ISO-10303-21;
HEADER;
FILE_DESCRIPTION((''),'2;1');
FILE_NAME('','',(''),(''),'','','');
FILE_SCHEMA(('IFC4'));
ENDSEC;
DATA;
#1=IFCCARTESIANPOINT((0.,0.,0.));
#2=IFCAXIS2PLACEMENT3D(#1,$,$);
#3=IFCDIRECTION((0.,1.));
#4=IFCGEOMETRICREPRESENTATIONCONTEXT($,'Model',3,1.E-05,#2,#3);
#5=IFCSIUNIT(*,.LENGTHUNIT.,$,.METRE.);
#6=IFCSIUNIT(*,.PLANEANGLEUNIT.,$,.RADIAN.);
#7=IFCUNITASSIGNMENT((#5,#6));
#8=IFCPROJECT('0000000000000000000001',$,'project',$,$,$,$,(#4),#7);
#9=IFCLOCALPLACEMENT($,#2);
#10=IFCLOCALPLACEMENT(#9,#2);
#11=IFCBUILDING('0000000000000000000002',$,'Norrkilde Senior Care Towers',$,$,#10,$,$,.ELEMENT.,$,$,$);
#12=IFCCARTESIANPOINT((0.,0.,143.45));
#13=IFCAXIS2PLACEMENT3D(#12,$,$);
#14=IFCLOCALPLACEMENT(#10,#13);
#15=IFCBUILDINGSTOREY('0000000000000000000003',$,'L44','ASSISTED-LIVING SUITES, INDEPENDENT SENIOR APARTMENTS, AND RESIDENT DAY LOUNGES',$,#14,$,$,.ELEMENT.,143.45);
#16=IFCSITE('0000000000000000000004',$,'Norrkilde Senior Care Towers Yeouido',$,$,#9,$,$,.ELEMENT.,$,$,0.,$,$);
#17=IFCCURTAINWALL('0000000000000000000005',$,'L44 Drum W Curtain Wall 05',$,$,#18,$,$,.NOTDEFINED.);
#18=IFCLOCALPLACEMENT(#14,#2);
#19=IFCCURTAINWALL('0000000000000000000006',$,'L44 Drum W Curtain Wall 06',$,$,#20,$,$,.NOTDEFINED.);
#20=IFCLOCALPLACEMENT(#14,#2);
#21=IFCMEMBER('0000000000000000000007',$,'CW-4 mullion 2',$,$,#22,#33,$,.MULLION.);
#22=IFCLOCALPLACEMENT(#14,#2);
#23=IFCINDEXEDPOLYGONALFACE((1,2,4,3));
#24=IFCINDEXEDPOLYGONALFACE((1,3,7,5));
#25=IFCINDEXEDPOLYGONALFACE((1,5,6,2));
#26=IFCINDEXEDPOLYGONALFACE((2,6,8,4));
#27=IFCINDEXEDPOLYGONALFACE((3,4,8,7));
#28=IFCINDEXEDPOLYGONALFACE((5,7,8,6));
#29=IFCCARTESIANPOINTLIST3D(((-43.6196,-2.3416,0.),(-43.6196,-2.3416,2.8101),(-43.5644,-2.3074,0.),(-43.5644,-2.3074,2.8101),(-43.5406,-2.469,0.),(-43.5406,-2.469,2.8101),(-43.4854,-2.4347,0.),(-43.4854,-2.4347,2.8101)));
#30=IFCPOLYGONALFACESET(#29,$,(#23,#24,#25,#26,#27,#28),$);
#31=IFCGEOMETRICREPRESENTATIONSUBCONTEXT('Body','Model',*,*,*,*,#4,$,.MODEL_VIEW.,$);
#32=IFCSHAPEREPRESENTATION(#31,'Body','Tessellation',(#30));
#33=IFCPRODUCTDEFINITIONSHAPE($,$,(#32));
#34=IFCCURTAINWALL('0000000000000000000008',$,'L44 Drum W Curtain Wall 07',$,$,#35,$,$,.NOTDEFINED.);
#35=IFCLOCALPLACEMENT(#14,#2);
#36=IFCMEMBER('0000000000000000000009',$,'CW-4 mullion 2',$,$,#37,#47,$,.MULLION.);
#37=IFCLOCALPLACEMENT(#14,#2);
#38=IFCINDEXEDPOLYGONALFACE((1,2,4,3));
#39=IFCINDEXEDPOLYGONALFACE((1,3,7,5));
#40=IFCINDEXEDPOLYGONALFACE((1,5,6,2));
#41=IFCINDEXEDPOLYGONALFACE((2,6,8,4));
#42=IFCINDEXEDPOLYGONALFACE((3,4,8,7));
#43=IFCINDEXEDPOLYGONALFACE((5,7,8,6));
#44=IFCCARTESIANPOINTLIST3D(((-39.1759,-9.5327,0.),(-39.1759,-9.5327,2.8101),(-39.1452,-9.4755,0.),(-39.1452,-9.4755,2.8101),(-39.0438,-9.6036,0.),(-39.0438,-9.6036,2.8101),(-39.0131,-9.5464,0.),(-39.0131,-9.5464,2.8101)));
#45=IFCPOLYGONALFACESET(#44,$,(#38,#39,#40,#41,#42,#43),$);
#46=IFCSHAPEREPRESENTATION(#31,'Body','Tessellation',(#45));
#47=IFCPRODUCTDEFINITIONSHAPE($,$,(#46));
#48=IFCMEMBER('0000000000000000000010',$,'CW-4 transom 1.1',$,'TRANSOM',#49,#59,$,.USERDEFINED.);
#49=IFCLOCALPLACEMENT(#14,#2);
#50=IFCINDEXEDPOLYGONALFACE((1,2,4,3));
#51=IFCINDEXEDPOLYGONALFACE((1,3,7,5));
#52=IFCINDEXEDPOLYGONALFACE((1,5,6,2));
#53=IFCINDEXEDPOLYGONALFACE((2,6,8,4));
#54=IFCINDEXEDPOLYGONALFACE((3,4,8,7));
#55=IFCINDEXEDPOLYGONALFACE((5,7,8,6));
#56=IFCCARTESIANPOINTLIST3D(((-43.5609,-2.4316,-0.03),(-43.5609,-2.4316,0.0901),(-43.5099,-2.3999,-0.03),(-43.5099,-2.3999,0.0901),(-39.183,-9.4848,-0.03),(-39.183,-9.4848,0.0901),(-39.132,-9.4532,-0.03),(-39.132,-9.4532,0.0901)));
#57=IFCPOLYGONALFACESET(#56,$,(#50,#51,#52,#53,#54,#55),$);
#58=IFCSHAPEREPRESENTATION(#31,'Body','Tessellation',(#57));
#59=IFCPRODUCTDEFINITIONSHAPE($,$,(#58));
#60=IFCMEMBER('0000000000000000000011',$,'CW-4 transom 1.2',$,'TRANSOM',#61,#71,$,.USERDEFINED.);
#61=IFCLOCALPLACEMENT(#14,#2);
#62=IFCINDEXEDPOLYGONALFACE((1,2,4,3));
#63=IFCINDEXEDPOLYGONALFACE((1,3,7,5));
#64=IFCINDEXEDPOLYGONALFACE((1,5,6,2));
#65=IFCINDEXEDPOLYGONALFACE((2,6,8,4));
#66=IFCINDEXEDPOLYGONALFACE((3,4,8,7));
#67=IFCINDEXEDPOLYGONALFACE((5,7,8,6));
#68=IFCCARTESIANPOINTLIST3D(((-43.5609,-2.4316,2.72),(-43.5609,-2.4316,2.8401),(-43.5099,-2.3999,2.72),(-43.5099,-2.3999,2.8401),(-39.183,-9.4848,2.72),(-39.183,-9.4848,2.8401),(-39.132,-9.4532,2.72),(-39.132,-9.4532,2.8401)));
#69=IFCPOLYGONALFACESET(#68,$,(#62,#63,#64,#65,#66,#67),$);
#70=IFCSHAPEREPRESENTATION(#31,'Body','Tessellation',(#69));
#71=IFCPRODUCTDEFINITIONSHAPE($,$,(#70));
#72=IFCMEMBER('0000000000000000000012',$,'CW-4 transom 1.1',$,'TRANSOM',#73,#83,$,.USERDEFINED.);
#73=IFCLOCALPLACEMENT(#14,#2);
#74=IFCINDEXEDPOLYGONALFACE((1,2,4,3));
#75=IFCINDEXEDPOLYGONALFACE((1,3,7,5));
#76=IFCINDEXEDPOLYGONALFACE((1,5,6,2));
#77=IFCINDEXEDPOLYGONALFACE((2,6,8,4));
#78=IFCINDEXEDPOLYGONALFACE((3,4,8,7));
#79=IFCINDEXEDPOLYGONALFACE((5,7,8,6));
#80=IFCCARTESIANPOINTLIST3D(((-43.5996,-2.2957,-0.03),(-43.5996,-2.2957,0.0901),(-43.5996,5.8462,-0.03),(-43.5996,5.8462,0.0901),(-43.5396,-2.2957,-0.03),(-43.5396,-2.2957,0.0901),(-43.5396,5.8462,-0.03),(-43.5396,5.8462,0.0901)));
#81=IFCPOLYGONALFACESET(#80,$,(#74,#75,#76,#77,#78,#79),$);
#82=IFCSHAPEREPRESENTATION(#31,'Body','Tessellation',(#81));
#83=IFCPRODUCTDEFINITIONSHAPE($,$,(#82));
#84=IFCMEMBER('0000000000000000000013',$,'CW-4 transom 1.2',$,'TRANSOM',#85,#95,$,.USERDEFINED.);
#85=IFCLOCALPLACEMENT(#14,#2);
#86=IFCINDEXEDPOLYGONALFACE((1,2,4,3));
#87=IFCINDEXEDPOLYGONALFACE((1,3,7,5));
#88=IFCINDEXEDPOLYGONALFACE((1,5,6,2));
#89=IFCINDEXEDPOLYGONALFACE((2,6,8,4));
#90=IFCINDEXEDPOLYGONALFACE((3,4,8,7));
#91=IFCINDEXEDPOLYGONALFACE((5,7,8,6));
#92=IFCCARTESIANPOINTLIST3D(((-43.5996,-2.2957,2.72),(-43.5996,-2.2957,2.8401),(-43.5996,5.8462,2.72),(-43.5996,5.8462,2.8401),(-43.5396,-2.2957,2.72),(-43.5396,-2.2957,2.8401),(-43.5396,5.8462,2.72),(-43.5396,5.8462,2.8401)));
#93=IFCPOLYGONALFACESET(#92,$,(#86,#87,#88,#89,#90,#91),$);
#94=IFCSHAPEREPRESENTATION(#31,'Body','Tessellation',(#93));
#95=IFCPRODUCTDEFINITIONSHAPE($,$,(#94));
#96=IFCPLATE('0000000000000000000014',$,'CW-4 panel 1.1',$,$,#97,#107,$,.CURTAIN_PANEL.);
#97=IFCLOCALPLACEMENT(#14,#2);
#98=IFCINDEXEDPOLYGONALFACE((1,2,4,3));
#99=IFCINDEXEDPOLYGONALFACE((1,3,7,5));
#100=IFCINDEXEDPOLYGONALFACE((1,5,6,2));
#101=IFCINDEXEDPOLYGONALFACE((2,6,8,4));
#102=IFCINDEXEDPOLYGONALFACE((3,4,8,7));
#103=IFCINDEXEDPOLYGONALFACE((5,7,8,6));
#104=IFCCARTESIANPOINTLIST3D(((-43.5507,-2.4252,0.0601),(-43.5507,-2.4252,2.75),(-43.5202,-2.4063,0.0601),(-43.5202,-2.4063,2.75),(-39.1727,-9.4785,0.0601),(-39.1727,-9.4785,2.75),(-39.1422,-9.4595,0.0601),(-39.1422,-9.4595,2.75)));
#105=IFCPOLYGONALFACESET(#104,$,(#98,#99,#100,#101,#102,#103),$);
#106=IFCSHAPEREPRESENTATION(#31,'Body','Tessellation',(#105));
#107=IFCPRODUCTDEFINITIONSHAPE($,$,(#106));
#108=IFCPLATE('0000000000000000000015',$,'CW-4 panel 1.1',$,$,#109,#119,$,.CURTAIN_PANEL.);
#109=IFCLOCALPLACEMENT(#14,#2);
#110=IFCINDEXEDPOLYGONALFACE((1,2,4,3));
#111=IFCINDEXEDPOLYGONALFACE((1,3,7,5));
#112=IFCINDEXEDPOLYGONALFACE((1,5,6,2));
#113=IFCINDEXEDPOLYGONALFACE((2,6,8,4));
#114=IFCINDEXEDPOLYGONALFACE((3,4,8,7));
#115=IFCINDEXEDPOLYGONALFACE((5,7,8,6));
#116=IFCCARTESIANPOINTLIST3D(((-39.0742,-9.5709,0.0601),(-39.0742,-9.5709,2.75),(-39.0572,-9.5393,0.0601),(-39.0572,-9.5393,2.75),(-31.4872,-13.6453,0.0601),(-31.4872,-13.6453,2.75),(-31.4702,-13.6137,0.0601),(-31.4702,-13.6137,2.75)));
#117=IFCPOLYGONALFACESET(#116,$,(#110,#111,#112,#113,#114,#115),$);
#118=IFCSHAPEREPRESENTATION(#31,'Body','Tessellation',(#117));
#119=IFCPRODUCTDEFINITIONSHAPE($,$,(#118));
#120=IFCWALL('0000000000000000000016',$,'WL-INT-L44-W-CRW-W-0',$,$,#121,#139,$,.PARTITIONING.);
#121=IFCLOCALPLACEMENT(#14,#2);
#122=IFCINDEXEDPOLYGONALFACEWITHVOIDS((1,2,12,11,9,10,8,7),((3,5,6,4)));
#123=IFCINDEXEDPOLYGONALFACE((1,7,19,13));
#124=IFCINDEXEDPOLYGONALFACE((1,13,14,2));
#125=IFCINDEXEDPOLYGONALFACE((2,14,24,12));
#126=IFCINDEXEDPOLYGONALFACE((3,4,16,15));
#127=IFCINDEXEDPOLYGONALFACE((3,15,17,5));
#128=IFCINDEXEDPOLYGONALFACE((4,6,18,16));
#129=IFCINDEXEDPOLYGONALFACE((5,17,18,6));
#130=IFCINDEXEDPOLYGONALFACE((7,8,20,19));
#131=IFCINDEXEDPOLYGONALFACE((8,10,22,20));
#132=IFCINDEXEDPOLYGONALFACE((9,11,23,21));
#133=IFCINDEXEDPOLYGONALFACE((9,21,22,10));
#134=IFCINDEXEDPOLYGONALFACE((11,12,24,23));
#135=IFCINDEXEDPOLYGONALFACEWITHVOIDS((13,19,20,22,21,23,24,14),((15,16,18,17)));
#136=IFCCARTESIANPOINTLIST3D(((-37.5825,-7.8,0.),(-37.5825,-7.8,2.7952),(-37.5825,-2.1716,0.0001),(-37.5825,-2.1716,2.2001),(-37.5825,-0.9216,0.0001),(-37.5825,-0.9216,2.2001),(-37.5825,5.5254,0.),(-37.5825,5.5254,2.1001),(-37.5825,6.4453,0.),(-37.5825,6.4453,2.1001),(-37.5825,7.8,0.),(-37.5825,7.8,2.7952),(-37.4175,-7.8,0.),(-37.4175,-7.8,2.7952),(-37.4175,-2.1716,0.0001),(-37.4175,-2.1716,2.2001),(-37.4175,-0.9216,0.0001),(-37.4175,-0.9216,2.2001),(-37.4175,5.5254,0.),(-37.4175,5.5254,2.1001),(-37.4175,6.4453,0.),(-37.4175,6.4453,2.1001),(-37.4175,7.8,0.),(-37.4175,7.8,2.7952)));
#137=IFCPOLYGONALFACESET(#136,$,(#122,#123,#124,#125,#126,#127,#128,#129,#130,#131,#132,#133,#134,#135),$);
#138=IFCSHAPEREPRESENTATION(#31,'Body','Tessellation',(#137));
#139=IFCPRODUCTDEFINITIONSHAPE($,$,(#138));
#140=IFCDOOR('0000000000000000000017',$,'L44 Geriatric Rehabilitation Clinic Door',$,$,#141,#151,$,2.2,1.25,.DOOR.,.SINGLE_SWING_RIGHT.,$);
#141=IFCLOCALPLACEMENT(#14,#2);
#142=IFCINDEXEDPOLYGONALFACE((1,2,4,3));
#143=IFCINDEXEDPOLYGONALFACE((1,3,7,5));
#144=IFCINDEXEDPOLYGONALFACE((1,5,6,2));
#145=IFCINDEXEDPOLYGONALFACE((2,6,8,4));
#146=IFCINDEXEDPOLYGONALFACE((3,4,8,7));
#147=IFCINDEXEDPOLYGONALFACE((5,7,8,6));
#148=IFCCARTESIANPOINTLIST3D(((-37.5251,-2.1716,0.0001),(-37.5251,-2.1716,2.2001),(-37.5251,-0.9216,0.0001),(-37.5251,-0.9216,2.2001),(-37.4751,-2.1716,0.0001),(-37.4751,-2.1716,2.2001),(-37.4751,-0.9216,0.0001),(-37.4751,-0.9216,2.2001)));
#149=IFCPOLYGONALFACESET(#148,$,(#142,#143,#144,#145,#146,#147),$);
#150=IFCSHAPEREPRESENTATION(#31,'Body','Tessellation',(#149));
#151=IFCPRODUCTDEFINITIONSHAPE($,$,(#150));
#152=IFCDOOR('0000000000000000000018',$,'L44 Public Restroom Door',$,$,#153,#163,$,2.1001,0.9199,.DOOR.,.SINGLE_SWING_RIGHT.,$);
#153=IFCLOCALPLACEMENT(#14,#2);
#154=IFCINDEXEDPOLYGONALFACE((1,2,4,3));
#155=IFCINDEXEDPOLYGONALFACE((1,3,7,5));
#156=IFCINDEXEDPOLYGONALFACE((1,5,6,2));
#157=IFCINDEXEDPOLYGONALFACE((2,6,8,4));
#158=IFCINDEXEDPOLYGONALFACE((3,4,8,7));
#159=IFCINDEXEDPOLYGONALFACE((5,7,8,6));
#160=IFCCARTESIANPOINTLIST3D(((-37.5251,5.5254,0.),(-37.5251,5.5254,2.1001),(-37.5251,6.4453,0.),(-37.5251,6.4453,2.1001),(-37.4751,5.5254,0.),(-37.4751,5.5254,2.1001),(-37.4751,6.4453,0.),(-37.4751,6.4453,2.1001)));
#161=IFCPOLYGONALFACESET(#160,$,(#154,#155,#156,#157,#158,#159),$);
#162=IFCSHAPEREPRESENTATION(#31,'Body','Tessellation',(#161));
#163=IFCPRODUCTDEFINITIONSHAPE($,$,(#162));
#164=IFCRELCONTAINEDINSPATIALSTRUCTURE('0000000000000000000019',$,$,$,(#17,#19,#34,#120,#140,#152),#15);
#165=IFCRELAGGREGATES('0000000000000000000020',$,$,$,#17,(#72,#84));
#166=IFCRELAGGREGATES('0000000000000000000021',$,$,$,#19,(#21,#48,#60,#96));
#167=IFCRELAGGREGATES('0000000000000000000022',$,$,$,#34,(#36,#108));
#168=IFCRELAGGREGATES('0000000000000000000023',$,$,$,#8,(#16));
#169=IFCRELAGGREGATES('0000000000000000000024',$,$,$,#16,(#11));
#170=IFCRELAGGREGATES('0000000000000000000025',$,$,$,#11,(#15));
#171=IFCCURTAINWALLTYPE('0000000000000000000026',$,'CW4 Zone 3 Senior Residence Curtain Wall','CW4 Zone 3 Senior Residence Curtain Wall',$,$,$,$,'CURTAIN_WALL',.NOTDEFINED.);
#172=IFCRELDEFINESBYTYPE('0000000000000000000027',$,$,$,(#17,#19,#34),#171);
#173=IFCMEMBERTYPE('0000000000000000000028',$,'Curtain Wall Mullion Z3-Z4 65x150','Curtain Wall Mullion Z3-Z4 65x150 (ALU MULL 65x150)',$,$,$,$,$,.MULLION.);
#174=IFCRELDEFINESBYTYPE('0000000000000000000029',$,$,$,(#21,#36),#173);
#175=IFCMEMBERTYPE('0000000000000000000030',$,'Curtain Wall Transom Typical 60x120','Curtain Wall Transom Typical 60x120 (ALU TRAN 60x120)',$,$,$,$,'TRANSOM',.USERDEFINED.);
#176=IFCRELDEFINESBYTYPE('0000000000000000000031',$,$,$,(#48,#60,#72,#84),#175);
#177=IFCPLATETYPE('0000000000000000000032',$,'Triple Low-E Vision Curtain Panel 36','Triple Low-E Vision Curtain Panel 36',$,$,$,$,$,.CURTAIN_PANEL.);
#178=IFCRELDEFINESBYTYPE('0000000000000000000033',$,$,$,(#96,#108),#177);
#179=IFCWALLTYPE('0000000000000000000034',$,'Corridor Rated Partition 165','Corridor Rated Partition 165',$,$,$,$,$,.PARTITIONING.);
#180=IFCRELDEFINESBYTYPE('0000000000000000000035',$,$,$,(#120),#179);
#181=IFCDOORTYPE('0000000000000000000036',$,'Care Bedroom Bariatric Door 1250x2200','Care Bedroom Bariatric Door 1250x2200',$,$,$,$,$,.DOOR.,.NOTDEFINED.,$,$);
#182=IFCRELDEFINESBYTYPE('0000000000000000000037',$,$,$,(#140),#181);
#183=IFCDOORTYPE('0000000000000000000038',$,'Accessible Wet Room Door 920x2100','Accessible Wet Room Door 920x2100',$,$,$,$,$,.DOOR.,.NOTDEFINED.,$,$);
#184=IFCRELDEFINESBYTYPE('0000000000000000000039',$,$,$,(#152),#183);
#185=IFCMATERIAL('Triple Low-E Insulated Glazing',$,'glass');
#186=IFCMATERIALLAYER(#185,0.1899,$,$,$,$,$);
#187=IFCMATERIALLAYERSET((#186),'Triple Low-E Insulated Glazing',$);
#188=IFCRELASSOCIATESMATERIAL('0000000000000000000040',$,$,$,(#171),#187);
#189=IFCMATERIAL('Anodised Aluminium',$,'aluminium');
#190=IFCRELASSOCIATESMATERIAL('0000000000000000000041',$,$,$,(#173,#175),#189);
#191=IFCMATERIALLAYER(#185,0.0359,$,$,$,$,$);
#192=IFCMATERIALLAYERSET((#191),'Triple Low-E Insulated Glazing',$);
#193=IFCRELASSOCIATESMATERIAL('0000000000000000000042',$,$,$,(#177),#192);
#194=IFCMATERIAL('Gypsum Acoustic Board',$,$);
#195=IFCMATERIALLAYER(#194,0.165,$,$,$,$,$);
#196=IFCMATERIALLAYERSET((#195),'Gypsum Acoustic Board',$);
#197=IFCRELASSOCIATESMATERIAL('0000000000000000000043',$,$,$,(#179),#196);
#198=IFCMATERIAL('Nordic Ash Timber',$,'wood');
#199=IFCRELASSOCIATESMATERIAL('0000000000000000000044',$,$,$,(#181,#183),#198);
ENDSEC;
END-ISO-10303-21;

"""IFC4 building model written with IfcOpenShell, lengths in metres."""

from ifc_helpers import new_model, si_unit, direction, frame, frame_2d, origin, origin_2d, place, context, subcontext, project, spatial, rectangle, extrude, source, transform, mapped, material, layer, layer_set, material_profile, profile_set, type_object, type_shapes, element, fill, aggregate, save


model = new_model("IFC4")

# Units and contexts
model_context = context("Model", 3, precision=1e-05, world=origin(), true_north=direction((0.0, 1.0)))
body_context = subcontext(model_context, "Body", "Model", "MODEL_VIEW")
ifc_project = project(units=[si_unit("LENGTHUNIT", "METRE"), si_unit("PLANEANGLEUNIT", "RADIAN")], contexts=[model_context])

# Site, building, storey
site_placement = place(None, origin())
site = spatial("IfcSite", under=ifc_project, at=site_placement, Name="Norrkilde Senior Care Towers Yeouido", CompositionType="ELEMENT", RefElevation=0.0)
building_placement = place(site_placement, origin())
building = spatial("IfcBuilding", under=site, at=building_placement, Name="Norrkilde Senior Care Towers", CompositionType="ELEMENT")
storey_placement = place(building_placement, frame((0.0, 0.0, 143.45)))
storey = spatial("IfcBuildingStorey", under=building, at=storey_placement, Name="L44", Description="ASSISTED-LIVING SUITES, INDEPENDENT SENIOR APARTMENTS, AND RESIDENT DAY LOUNGES", CompositionType="ELEMENT", Elevation=143.45)

# Curtain wall
ifc_material_1 = material(Name="Triple Low-E Insulated Glazing", Category="glass")
ifc_layer_1 = layer(ifc_material_1, 0.1899)
ifc_layer_set_1 = layer_set([ifc_layer_1], Name="Triple Low-E Insulated Glazing")
curtain_wall_type = type_object("IfcCurtainWallType", Name="CW4 Zone 3 Senior Residence Curtain Wall", Description="CW4 Zone 3 Senior Residence Curtain Wall", ElementType="CURTAIN_WALL", PredefinedType="NOTDEFINED", material=ifc_layer_set_1)
curtain_wall_1_placement = place(storey_placement, origin())
curtain_wall_1 = element("IfcCurtainWall", 1, at=curtain_wall_1_placement, inside=storey, type_object=curtain_wall_type, Name="L44 Drum W Curtain Wall 05", PredefinedType="NOTDEFINED")
ifc_material_2 = material(Name="Anodised Aluminium", Category="aluminium")
ifc_material_profile_1 = material_profile(ifc_material_2, rectangle(XDim=0.0649, YDim=0.1499, at=origin_2d()), Name="ALU MULL 65x150")
ifc_profile_set_1 = profile_set([ifc_material_profile_1], Name="Anodised Aluminium")
member_type_1 = type_object("IfcMemberType", Name="Curtain Wall Mullion Z3-Z4 65x150", Description="Curtain Wall Mullion Z3-Z4 65x150 (ALU MULL 65x150)", PredefinedType="MULLION", material=ifc_profile_set_1)
shared_shape_1 = source(origin(), body_context, "Body", "SweptSolid", [
    extrude(rectangle(XDim=0.0649, YDim=0.1499, at=origin_2d()), origin(), (0.0, 0.0, 1.0), 2.8101),
])
type_shapes(member_type_1, [shared_shape_1])

# Curtain wall, member
curtain_wall_2_placement = place(storey_placement, origin())
curtain_wall_2 = element("IfcCurtainWall", 2, at=curtain_wall_2_placement, inside=storey, type_object=curtain_wall_type, Name="L44 Drum W Curtain Wall 06", PredefinedType="NOTDEFINED")
member_1_placement = place(storey_placement, frame((-43.5525, -2.3882, 0.0), z_axis=(0.0, 0.0, 1.0), x_axis=(-0.849634, -0.527373, 0.0)))
member_1 = element("IfcMember", 3, at=member_1_placement, type_object=member_type_1, Name="CW-4 mullion 2", PredefinedType="MULLION", context=body_context, shape_type="MappedRepresentation", body=[
    mapped(shared_shape_1, transform((0.0, 0.0, 0.0), x_axis=(1.0, 0.0, 0.0), y_axis=(0.0, 1.0, 0.0), z_axis=(0.0, 0.0, 1.0), scale=1.0)),
])

# Curtain wall, member
curtain_wall_3_placement = place(storey_placement, origin())
curtain_wall_3 = element("IfcCurtainWall", 4, at=curtain_wall_3_placement, inside=storey, type_object=curtain_wall_type, Name="L44 Drum W Curtain Wall 07", PredefinedType="NOTDEFINED")
member_2_placement = place(storey_placement, frame((-39.0945, -9.5396, 0.0), z_axis=(0.0, 0.0, 1.0), x_axis=(-0.473117, -0.881, 0.0)))
member_2 = element("IfcMember", 5, at=member_2_placement, type_object=member_type_1, Name="CW-4 mullion 2", PredefinedType="MULLION", context=body_context, shape_type="MappedRepresentation", body=[
    mapped(shared_shape_1, transform((0.0, 0.0, 0.0), x_axis=(1.0, 0.0, 0.0), y_axis=(0.0, 1.0, 0.0), z_axis=(0.0, 0.0, 1.0), scale=1.0)),
])

# Members
ifc_material_profile_2 = material_profile(ifc_material_2, rectangle(XDim=0.0601, YDim=0.1201, at=origin_2d()), Name="ALU TRAN 60x120")
ifc_profile_set_2 = profile_set([ifc_material_profile_2], Name="Anodised Aluminium")
member_type_2 = type_object("IfcMemberType", Name="Curtain Wall Transom Typical 60x120", Description="Curtain Wall Transom Typical 60x120 (ALU TRAN 60x120)", ElementType="TRANSOM", PredefinedType="USERDEFINED", material=ifc_profile_set_2)
shared_shape_2 = source(origin(), body_context, "Body", "SweptSolid", [
    extrude(rectangle(XDim=0.0601, YDim=0.1201, at=origin_2d()), origin(), (0.0, 0.0, 1.0), 8.3015),
])
member_3_placement = place(storey_placement, frame((-39.1575, -9.469, 0.03), z_axis=(-0.527369, 0.849637, 0.0), x_axis=(-0.849637, -0.527369, 0.0)))
member_3 = element("IfcMember", 6, at=member_3_placement, type_object=member_type_2, Name="CW-4 transom 1.1", ObjectType="TRANSOM", PredefinedType="USERDEFINED", context=body_context, shape_type="MappedRepresentation", body=[
    mapped(shared_shape_2, transform((0.0, 0.0, 0.0), x_axis=(1.0, 0.0, 0.0), y_axis=(0.0, 1.0, 0.0), z_axis=(0.0, 0.0, 1.0), scale=1.0)),
])
member_4_placement = place(storey_placement, frame((-39.1575, -9.469, 2.78), z_axis=(-0.527369, 0.849637, 0.0), x_axis=(-0.849637, -0.527369, 0.0)))
member_4 = element("IfcMember", 7, at=member_4_placement, type_object=member_type_2, Name="CW-4 transom 1.2", ObjectType="TRANSOM", PredefinedType="USERDEFINED", context=body_context, shape_type="MappedRepresentation", body=[
    mapped(shared_shape_2, transform((0.0, 0.0, 0.0), x_axis=(1.0, 0.0, 0.0), y_axis=(0.0, 1.0, 0.0), z_axis=(0.0, 0.0, 1.0), scale=1.0)),
])
shared_shape_3 = source(origin(), body_context, "Body", "SweptSolid", [
    extrude(rectangle(XDim=0.0601, YDim=0.1201, at=origin_2d()), origin(), (0.0, 0.0, 1.0), 8.1418),
])
type_shapes(member_type_2, [shared_shape_2, shared_shape_3])
member_5_placement = place(storey_placement, frame((-43.5696, -2.2957, 0.03), z_axis=(0.0, 1.0, 0.0), x_axis=(-1.0, 0.0, 0.0)))
member_5 = element("IfcMember", 8, at=member_5_placement, type_object=member_type_2, Name="CW-4 transom 1.1", ObjectType="TRANSOM", PredefinedType="USERDEFINED", context=body_context, shape_type="MappedRepresentation", body=[
    mapped(shared_shape_3, transform((0.0, 0.0, 0.0), x_axis=(1.0, 0.0, 0.0), y_axis=(0.0, 1.0, 0.0), z_axis=(0.0, 0.0, 1.0), scale=1.0)),
])
member_6_placement = place(storey_placement, frame((-43.5696, -2.2957, 2.78), z_axis=(0.0, 1.0, 0.0), x_axis=(-1.0, 0.0, 0.0)))
member_6 = element("IfcMember", 9, at=member_6_placement, type_object=member_type_2, Name="CW-4 transom 1.2", ObjectType="TRANSOM", PredefinedType="USERDEFINED", context=body_context, shape_type="MappedRepresentation", body=[
    mapped(shared_shape_3, transform((0.0, 0.0, 0.0), x_axis=(1.0, 0.0, 0.0), y_axis=(0.0, 1.0, 0.0), z_axis=(0.0, 0.0, 1.0), scale=1.0)),
])
aggregate(curtain_wall_1, [member_5, member_6])

# Plates
ifc_layer_2 = layer(ifc_material_1, 0.0359)
ifc_layer_set_2 = layer_set([ifc_layer_2], Name="Triple Low-E Insulated Glazing")
plate_type = type_object("IfcPlateType", Name="Triple Low-E Vision Curtain Panel 36", Description="Triple Low-E Vision Curtain Panel 36", PredefinedType="CURTAIN_PANEL", material=ifc_layer_set_2)
shared_shape_4 = source(origin(), body_context, "Body", "SweptSolid", [
    extrude(rectangle(XDim=8.3015, YDim=0.0359, at=origin_2d()), origin(), (0.0, 0.0, 1.0), 2.6899),
])
plate_1_placement = place(storey_placement, frame((-41.3464, -5.9424, 0.0601), z_axis=(0.0, 0.0, 1.0), x_axis=(-0.527373, 0.849634, 0.0)))
plate_1 = element("IfcPlate", 10, at=plate_1_placement, type_object=plate_type, Name="CW-4 panel 1.1", PredefinedType="CURTAIN_PANEL", context=body_context, shape_type="MappedRepresentation", body=[
    mapped(shared_shape_4, transform((0.0, 0.0, 0.0), x_axis=(1.0, 0.0, 0.0), y_axis=(0.0, 1.0, 0.0), z_axis=(0.0, 0.0, 1.0), scale=1.0)),
])
aggregate(curtain_wall_2, [member_1, member_3, member_4, plate_1])
shared_shape_5 = source(origin(), body_context, "Body", "SweptSolid", [
    extrude(rectangle(XDim=8.6118, YDim=0.0359, at=origin_2d()), origin(), (0.0, 0.0, 1.0), 2.6899),
])
type_shapes(plate_type, [shared_shape_4, shared_shape_5])
plate_2_placement = place(storey_placement, frame((-35.2722, -11.5923, 0.0601), z_axis=(0.0, 0.0, 1.0), x_axis=(-0.881, 0.473117, 0.0)))
plate_2 = element("IfcPlate", 11, at=plate_2_placement, type_object=plate_type, Name="CW-4 panel 1.1", PredefinedType="CURTAIN_PANEL", context=body_context, shape_type="MappedRepresentation", body=[
    mapped(shared_shape_5, transform((0.0, 0.0, 0.0), x_axis=(1.0, 0.0, 0.0), y_axis=(0.0, 1.0, 0.0), z_axis=(0.0, 0.0, 1.0), scale=1.0)),
])
aggregate(curtain_wall_3, [member_2, plate_2])

# Wall, openings, doors
ifc_material_3 = material(Name="Gypsum Acoustic Board")
ifc_layer_3 = layer(ifc_material_3, 0.165)
ifc_layer_set_3 = layer_set([ifc_layer_3], Name="Gypsum Acoustic Board")
wall_type_1 = type_object("IfcWallType", Name="Corridor Rated Partition 165", Description="Corridor Rated Partition 165", PredefinedType="PARTITIONING", material=ifc_layer_set_3)
shared_shape_6 = source(origin(), body_context, "Body", "SweptSolid", [
    extrude(rectangle(XDim=15.6001, YDim=0.165, at=frame_2d((7.8, 0.0))), origin(), (0.0, 0.0, 1.0), 2.7952),
])
type_shapes(wall_type_1, [shared_shape_6])
wall_1_placement = place(storey_placement, frame((-37.5, -7.8, 0.0), z_axis=(0.0, 0.0, 1.0), x_axis=(0.0, 1.0, 0.0)))
wall_1 = element("IfcWall", 12, at=wall_1_placement, inside=storey, type_object=wall_type_1, Name="WL-INT-L44-W-CRW-W-0", PredefinedType="PARTITIONING", context=body_context, shape_type="MappedRepresentation", body=[
    mapped(shared_shape_6, transform((0.0, 0.0, 0.0), x_axis=(1.0, 0.0, 0.0), y_axis=(0.0, 1.0, 0.0), z_axis=(0.0, 0.0, 1.0), scale=1.0)),
])
opening_1_placement = place(wall_1_placement, frame((13.3254, 0.0, 0.0)))
opening_1 = element("IfcOpeningElement", 13, at=opening_1_placement, cuts=wall_1, PredefinedType="OPENING", context=body_context, shape_type="SweptSolid", body=[
    extrude(rectangle(XDim=0.9199, YDim=2.1001, at=frame_2d((0.46, 1.05))), frame((0.0, 0.0925, 0.0), z_axis=(0.0, -1.0, 0.0), x_axis=(1.0, 0.0, 0.0)), (0.0, 0.0, 1.0), 0.1851),
])
opening_2_placement = place(wall_1_placement, frame((5.6284, 0.0, 0.0)))
opening_2 = element("IfcOpeningElement", 14, at=opening_2_placement, cuts=wall_1, PredefinedType="OPENING", context=body_context, shape_type="SweptSolid", body=[
    extrude(rectangle(XDim=1.25, YDim=2.2, at=frame_2d((0.625, 1.1001))), frame((0.0, 0.0925, 0.0), z_axis=(0.0, -1.0, 0.0), x_axis=(1.0, 0.0, 0.0)), (0.0, 0.0, 1.0), 0.1851),
])
ifc_material_4 = material(Name="Nordic Ash Timber", Category="wood")
door_type_1 = type_object("IfcDoorType", Name="Care Bedroom Bariatric Door 1250x2200", Description="Care Bedroom Bariatric Door 1250x2200", OperationType="NOTDEFINED", PredefinedType="DOOR", material=ifc_material_4)
shared_shape_7 = source(origin(), body_context, "Body", "SweptSolid", [
    extrude(rectangle(XDim=1.25, YDim=2.2, at=frame_2d((0.625, 1.1001))), frame((0.0, 0.0249, 0.0), z_axis=(0.0, -1.0, 0.0), x_axis=(1.0, 0.0, 0.0)), (0.0, 0.0, 1.0), 0.05),
])
type_shapes(door_type_1, [shared_shape_7])
door_1_placement = place(opening_2_placement, frame((1.25, 0.0, 0.0), z_axis=(0.0, 0.0, 1.0), x_axis=(-1.0, 0.0, 0.0)))
door_1 = element("IfcDoor", 15, at=door_1_placement, inside=storey, type_object=door_type_1, Name="L44 Geriatric Rehabilitation Clinic Door", OperationType="SINGLE_SWING_RIGHT", OverallHeight=2.2, OverallWidth=1.25, PredefinedType="DOOR", context=body_context, shape_type="MappedRepresentation", body=[
    mapped(shared_shape_7, transform((0.0, 0.0, 0.0), x_axis=(1.0, 0.0, 0.0), y_axis=(0.0, 1.0, 0.0), z_axis=(0.0, 0.0, 1.0), scale=1.0)),
])
fill(opening_2, door_1)
door_type_2 = type_object("IfcDoorType", Name="Accessible Wet Room Door 920x2100", Description="Accessible Wet Room Door 920x2100", OperationType="NOTDEFINED", PredefinedType="DOOR", material=ifc_material_4)
shared_shape_8 = source(origin(), body_context, "Body", "SweptSolid", [
    extrude(rectangle(XDim=0.9199, YDim=2.1001, at=frame_2d((0.46, 1.05))), frame((0.0, 0.0249, 0.0), z_axis=(0.0, -1.0, 0.0), x_axis=(1.0, 0.0, 0.0)), (0.0, 0.0, 1.0), 0.05),
])
type_shapes(door_type_2, [shared_shape_8])
door_2_placement = place(opening_1_placement, frame((0.9199, 0.0, 0.0), z_axis=(0.0, 0.0, 1.0), x_axis=(-1.0, 0.0, 0.0)))
door_2 = element("IfcDoor", 16, at=door_2_placement, inside=storey, type_object=door_type_2, Name="L44 Public Restroom Door", OperationType="SINGLE_SWING_RIGHT", OverallHeight=2.1001, OverallWidth=0.9199, PredefinedType="DOOR", context=body_context, shape_type="MappedRepresentation", body=[
    mapped(shared_shape_8, transform((0.0, 0.0, 0.0), x_axis=(1.0, 0.0, 0.0), y_axis=(0.0, 1.0, 0.0), z_axis=(0.0, 0.0, 1.0), scale=1.0)),
])
fill(opening_1, door_2)

save(model, "model.ifc")
